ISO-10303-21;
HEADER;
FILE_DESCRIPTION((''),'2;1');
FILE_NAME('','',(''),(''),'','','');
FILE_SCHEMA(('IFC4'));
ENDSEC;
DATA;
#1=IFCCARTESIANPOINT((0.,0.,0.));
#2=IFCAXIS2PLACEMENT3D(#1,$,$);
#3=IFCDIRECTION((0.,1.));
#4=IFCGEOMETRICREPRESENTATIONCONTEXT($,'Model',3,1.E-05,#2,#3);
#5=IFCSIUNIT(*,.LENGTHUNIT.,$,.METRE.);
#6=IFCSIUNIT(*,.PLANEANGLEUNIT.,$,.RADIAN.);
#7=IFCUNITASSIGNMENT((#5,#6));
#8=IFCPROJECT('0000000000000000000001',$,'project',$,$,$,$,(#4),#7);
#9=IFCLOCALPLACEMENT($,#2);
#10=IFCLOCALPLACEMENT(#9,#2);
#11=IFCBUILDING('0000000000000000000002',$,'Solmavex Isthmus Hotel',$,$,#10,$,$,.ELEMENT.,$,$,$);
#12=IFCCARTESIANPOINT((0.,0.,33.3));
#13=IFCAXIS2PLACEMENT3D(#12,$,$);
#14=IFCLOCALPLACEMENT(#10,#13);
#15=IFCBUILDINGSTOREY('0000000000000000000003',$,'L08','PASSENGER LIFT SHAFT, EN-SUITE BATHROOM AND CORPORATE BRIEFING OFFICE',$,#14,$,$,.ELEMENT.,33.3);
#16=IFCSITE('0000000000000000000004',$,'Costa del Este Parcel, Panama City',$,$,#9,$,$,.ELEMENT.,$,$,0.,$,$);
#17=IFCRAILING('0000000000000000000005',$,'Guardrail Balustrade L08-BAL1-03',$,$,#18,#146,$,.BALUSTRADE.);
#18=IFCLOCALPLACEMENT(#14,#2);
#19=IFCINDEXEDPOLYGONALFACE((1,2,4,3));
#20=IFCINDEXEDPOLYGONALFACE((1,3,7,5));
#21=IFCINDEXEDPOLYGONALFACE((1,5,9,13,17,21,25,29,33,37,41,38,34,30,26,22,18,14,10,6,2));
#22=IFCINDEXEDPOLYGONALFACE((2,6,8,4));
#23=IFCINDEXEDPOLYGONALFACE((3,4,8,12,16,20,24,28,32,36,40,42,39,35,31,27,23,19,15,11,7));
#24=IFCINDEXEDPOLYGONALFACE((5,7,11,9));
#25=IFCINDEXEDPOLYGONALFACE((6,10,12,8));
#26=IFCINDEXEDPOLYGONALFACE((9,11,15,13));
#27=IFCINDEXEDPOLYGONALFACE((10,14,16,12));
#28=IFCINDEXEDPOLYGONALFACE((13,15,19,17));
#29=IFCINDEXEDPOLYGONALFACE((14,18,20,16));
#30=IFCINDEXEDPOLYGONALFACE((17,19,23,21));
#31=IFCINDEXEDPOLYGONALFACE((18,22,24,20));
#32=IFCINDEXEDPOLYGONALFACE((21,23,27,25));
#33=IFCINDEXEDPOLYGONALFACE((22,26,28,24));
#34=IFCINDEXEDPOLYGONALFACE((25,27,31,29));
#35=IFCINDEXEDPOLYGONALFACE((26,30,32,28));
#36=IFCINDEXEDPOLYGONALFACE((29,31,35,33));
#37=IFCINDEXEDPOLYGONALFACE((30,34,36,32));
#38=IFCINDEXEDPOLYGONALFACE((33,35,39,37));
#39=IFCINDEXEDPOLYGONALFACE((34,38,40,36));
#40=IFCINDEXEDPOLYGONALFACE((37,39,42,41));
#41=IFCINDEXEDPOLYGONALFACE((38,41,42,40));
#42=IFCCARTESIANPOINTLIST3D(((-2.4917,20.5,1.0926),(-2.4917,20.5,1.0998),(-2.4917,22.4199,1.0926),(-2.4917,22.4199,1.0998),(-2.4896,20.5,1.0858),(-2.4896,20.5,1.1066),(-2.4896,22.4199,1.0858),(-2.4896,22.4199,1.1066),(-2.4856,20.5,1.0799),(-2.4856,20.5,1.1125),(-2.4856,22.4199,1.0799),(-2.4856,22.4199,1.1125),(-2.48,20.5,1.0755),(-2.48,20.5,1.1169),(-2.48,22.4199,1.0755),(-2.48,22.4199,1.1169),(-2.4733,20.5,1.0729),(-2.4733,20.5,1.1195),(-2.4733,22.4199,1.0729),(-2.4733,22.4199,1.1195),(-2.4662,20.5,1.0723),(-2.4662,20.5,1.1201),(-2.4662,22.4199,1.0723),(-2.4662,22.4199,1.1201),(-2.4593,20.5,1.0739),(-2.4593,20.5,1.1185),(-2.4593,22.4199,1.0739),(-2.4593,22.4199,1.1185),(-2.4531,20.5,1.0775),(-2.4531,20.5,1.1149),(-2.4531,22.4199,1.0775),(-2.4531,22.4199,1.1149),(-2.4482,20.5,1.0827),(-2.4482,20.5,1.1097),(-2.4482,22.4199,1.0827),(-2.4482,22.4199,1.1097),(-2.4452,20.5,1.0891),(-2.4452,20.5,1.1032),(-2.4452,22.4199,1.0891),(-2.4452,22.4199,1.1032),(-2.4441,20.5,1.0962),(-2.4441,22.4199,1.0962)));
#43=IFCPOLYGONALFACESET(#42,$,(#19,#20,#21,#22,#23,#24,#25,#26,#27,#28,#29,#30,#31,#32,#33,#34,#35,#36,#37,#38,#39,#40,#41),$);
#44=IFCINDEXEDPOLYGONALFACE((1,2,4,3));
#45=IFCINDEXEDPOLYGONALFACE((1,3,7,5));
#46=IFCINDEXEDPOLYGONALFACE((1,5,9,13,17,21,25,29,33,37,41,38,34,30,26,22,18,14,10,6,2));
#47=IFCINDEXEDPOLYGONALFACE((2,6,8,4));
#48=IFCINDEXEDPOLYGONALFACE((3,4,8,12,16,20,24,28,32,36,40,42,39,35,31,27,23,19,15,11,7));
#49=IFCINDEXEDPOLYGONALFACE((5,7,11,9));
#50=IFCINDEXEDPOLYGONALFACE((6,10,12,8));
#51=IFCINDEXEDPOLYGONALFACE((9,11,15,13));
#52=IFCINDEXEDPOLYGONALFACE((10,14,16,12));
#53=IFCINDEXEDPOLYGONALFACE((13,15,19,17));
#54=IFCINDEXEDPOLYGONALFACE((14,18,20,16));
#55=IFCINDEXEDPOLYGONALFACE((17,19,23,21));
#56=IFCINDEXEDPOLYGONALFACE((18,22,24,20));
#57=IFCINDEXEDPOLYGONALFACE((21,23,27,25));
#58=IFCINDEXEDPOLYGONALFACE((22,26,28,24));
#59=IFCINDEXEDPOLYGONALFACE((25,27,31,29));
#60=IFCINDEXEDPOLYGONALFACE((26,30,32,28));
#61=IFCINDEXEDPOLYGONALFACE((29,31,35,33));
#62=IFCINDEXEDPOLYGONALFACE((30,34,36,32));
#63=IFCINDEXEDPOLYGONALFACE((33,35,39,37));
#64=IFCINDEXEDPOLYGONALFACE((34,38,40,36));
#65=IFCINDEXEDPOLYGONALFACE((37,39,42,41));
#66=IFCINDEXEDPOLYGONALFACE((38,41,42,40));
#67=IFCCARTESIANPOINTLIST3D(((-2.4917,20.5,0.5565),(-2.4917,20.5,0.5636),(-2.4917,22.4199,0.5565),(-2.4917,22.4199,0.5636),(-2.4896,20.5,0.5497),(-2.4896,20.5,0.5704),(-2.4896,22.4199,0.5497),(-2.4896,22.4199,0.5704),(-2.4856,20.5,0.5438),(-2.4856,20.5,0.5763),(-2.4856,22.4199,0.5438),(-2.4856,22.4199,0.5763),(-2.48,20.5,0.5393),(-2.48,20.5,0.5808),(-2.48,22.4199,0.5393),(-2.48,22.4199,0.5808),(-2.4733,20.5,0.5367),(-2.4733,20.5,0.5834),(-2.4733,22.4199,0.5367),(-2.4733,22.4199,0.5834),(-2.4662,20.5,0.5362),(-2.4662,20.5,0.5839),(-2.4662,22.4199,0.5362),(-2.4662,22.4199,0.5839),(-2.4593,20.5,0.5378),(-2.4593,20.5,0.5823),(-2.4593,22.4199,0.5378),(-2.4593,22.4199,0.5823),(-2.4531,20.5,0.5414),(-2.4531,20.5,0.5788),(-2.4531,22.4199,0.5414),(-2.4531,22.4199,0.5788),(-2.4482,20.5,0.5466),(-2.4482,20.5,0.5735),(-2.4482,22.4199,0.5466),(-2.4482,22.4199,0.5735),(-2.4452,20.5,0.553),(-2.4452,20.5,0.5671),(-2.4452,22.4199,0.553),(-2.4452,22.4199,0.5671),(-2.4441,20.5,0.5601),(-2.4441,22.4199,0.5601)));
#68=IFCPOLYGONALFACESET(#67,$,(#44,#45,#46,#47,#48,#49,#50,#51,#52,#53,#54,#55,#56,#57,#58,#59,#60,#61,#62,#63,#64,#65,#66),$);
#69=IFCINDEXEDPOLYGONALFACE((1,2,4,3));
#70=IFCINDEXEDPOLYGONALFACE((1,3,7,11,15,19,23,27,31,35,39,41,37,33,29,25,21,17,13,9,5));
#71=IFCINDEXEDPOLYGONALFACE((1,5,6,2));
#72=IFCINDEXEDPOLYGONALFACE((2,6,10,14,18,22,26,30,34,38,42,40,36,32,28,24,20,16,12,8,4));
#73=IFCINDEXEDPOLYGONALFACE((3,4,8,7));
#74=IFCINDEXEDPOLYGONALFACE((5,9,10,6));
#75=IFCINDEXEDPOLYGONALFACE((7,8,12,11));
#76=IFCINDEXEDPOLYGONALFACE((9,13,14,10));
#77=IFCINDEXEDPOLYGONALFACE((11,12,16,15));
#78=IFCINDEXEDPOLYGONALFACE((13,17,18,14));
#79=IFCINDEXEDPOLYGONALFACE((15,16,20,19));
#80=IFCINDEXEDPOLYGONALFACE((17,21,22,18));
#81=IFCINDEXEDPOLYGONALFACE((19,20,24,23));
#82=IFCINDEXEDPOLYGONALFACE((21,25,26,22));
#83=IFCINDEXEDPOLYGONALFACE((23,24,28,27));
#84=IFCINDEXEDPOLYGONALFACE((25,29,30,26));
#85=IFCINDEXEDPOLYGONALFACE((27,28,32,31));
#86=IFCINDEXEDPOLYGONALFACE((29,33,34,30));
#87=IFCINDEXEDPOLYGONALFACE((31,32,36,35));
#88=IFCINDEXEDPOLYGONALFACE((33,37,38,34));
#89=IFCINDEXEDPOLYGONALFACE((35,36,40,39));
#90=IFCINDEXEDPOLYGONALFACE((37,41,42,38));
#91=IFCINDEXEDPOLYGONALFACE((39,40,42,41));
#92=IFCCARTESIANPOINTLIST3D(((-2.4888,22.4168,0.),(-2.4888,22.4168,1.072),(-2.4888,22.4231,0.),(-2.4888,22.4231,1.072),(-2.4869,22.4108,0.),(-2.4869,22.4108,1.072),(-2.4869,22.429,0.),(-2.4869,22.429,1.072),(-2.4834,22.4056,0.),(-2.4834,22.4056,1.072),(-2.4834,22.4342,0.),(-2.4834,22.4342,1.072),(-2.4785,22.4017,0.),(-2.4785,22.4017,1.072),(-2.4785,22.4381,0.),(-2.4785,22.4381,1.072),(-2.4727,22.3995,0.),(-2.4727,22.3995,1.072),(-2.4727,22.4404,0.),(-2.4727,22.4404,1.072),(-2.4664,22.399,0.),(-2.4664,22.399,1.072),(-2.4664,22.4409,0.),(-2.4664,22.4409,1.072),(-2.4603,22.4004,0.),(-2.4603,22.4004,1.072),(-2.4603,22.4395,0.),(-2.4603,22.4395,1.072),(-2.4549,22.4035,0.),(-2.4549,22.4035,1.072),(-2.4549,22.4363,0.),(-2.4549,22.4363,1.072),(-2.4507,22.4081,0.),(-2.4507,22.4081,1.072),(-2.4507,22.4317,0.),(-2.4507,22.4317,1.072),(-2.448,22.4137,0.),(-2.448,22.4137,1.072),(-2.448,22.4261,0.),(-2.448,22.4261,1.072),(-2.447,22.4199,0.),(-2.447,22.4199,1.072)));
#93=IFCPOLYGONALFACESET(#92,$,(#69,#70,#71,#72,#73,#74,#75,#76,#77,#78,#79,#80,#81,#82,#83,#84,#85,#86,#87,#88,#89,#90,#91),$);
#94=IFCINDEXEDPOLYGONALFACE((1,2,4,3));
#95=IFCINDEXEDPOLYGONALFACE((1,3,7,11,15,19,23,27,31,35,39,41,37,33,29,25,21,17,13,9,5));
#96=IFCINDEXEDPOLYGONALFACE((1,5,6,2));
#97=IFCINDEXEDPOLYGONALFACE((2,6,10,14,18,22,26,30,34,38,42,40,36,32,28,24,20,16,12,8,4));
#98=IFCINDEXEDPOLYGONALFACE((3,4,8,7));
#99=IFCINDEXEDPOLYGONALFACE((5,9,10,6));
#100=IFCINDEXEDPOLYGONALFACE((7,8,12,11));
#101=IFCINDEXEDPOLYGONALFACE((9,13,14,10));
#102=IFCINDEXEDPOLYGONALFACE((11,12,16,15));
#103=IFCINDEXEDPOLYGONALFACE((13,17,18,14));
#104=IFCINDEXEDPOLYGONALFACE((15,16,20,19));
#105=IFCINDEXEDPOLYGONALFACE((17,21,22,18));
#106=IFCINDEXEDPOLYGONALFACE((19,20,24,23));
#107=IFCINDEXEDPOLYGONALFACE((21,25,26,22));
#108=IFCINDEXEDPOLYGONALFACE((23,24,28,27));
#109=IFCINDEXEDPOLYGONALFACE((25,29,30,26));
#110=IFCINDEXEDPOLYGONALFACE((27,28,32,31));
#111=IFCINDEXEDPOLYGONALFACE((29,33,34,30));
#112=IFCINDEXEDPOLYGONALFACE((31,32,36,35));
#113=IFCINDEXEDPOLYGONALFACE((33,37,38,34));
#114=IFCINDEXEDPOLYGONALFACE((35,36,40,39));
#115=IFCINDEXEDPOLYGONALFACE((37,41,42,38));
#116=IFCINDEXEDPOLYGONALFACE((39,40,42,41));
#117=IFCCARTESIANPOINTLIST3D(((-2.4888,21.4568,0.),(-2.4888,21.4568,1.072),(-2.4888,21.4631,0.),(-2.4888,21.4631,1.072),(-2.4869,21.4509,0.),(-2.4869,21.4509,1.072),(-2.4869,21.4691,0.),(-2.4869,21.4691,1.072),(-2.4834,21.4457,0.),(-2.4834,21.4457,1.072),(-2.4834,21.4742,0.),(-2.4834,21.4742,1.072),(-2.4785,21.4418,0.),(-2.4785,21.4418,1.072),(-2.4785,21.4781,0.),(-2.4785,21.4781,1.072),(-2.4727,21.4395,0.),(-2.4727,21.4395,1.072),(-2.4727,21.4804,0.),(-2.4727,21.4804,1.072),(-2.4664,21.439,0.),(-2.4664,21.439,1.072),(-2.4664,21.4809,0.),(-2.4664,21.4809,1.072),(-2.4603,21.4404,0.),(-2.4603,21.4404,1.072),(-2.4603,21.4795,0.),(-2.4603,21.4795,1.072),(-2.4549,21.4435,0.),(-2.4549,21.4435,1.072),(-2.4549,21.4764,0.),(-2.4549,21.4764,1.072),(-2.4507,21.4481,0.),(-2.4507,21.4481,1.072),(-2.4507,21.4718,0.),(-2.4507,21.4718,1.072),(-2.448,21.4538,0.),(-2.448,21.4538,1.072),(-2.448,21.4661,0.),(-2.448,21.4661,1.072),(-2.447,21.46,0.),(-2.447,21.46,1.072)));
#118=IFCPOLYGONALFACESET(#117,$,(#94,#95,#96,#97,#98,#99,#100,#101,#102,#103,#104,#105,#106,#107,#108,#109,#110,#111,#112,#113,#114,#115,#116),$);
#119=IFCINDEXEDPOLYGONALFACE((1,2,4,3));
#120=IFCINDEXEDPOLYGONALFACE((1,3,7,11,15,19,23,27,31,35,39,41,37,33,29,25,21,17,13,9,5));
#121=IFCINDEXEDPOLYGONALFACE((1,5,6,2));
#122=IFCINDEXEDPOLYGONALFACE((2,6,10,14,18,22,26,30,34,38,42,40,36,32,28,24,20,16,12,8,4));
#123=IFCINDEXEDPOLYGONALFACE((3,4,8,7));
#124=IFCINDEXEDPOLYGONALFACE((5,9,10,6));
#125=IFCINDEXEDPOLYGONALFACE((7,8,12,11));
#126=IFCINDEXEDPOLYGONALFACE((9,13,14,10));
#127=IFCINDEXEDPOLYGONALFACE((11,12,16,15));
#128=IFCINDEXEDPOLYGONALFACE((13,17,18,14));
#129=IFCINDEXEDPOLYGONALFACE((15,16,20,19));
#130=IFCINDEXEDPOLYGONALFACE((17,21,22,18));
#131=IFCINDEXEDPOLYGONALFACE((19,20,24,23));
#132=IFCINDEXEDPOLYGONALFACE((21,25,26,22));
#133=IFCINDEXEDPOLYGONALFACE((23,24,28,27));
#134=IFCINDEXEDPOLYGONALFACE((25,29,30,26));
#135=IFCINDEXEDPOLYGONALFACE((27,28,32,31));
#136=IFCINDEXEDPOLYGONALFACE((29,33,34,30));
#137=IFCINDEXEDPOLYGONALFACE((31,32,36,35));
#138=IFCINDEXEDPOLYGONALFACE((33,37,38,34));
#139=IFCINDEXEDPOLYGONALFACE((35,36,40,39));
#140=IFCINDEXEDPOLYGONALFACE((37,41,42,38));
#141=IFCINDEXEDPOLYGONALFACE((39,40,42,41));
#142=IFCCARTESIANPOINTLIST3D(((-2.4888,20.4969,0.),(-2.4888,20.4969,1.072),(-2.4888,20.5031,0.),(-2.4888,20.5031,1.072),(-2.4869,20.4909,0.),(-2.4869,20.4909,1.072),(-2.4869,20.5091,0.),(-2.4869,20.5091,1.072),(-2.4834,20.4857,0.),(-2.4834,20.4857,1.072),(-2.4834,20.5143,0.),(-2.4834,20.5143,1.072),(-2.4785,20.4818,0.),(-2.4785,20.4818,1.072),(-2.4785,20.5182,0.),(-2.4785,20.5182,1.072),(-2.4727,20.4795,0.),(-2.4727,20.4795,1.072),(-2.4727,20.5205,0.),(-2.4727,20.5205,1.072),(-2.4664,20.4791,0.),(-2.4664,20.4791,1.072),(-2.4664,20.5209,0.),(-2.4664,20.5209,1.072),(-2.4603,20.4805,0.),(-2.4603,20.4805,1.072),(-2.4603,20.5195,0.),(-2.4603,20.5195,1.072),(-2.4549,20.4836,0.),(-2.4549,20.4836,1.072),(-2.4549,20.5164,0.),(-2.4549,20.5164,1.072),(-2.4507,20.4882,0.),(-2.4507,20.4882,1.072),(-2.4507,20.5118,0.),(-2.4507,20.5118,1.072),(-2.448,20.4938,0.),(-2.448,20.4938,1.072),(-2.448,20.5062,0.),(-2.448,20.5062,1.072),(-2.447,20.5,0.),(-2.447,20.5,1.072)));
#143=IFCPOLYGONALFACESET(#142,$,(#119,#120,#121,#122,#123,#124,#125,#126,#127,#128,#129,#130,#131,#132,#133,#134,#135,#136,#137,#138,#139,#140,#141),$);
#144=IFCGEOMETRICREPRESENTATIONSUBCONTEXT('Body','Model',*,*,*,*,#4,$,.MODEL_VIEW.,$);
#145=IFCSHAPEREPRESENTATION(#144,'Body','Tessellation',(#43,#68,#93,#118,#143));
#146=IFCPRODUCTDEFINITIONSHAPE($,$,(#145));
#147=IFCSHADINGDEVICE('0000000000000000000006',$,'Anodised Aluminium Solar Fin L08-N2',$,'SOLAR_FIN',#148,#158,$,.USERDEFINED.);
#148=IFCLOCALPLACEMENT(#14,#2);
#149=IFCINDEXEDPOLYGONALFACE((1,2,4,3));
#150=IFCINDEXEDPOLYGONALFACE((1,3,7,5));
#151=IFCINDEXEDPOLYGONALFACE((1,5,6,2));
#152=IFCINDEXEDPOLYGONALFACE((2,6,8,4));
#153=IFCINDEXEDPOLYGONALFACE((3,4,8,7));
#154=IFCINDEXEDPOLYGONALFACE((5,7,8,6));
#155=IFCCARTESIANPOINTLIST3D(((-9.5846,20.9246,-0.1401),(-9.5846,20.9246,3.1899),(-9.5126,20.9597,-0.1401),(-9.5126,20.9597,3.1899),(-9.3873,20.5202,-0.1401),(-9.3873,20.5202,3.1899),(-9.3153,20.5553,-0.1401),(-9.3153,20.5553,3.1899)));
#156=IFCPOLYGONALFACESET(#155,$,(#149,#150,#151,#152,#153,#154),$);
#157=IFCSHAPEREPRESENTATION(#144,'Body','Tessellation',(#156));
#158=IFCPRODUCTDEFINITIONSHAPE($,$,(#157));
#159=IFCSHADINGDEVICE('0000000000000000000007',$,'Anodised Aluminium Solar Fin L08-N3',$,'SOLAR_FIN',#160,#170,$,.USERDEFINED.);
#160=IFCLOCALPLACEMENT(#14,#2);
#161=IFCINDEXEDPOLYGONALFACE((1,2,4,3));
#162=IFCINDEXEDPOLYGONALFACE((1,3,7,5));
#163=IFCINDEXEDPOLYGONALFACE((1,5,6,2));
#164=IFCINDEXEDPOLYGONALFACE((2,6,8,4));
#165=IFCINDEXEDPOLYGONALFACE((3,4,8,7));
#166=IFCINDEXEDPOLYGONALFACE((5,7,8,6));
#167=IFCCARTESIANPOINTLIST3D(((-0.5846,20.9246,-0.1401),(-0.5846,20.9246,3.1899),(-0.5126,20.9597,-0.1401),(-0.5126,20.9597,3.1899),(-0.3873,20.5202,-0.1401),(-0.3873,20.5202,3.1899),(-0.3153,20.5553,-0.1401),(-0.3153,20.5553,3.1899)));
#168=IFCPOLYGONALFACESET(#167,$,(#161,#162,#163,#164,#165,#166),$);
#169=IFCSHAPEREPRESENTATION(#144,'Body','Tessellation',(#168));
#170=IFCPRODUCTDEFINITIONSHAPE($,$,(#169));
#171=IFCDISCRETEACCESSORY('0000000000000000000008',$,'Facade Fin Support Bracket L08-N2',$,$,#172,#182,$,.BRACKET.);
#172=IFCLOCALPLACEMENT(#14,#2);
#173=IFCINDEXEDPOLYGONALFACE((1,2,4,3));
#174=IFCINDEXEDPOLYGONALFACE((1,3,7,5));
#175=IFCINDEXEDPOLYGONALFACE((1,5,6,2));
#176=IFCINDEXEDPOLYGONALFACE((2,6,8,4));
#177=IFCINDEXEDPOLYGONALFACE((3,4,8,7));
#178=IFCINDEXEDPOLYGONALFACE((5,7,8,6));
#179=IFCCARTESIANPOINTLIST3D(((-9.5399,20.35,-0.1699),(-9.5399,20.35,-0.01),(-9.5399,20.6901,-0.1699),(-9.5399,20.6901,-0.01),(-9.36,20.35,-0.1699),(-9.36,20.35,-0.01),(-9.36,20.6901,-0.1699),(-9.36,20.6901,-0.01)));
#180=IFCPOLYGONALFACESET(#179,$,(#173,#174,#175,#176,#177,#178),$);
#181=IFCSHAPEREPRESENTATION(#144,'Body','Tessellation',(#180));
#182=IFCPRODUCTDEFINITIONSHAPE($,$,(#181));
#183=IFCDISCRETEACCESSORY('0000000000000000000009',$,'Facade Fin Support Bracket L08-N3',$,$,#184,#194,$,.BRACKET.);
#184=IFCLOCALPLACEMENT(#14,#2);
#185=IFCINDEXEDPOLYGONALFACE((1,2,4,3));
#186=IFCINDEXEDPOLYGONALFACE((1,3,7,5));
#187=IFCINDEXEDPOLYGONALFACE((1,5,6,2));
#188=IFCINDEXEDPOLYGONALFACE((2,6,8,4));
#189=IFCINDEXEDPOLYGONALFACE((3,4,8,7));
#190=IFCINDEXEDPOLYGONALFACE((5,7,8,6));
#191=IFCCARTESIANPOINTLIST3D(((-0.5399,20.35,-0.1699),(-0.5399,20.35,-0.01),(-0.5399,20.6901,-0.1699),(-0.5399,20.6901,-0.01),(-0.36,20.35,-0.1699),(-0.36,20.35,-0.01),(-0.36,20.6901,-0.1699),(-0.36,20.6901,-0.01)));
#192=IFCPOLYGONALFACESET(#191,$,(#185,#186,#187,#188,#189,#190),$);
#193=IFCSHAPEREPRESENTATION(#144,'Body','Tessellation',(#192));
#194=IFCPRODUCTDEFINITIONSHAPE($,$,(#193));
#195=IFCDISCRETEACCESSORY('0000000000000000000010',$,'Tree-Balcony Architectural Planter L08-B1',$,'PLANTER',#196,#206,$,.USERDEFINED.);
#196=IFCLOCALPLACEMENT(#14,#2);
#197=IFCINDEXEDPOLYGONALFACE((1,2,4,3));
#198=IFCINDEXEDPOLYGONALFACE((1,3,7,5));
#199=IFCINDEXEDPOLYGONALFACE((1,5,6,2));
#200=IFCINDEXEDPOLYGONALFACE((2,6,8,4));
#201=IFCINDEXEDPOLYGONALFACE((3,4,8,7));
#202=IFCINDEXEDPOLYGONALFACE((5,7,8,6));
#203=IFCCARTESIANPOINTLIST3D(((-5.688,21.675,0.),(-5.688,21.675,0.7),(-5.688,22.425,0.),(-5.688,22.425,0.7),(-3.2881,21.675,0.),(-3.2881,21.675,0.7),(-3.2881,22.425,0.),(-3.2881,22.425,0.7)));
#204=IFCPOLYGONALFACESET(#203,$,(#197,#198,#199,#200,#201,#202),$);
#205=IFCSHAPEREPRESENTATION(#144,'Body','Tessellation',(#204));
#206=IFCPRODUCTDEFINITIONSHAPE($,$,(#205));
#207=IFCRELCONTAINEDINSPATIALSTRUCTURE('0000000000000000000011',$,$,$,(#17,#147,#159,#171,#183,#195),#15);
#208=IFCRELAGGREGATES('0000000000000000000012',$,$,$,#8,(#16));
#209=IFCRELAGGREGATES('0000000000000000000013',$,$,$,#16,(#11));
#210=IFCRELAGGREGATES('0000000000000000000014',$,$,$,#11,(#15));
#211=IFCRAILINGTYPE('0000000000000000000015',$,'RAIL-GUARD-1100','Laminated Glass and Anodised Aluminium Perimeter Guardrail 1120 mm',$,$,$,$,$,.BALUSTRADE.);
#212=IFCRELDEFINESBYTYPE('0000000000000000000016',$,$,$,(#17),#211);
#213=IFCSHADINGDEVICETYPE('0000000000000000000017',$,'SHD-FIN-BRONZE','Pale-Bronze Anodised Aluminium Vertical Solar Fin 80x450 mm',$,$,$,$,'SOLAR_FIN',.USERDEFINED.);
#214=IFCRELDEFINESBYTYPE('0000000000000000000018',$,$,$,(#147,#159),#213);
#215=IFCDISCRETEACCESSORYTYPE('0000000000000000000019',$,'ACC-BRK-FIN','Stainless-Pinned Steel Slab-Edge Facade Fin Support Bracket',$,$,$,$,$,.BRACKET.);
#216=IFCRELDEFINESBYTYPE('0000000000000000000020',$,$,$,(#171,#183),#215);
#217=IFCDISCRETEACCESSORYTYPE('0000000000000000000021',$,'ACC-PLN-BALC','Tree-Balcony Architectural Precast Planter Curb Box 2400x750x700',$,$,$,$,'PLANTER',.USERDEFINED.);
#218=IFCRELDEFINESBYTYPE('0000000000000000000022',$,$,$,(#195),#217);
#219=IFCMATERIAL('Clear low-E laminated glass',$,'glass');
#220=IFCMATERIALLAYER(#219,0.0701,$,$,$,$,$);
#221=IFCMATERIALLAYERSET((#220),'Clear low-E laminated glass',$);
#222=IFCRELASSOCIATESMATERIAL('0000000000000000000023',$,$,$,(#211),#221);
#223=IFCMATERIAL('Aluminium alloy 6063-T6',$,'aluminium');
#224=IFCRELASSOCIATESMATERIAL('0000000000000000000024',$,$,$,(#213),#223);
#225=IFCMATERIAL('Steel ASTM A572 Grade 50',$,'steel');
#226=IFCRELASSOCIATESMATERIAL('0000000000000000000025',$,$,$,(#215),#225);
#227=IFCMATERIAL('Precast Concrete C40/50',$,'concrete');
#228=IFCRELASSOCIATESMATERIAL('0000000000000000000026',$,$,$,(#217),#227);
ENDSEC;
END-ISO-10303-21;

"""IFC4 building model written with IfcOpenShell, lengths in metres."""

from ifc_helpers import new_model, si_unit, direction, frame, origin, origin_2d, place, context, subcontext, project, spatial, rectangle, circle, extrude, material, layer, layer_set, type_object, element, save


model = new_model("IFC4")

# Units and contexts
model_context = context("Model", 3, precision=1e-05, world=origin(), true_north=direction((0.0, 1.0)))
body_context = subcontext(model_context, "Body", "Model", "MODEL_VIEW")
ifc_project = project(units=[si_unit("LENGTHUNIT", "METRE"), si_unit("PLANEANGLEUNIT", "RADIAN")], contexts=[model_context])

# Site, building, storey
site_placement = place(None, origin())
site = spatial("IfcSite", under=ifc_project, at=site_placement, Name="Costa del Este Parcel, Panama City", CompositionType="ELEMENT", RefElevation=0.0)
building_placement = place(site_placement, origin())
building = spatial("IfcBuilding", under=site, at=building_placement, Name="Solmavex Isthmus Hotel", CompositionType="ELEMENT")
storey_placement = place(building_placement, frame((0.0, 0.0, 33.3)))
storey = spatial("IfcBuildingStorey", under=building, at=storey_placement, Name="L08", Description="PASSENGER LIFT SHAFT, EN-SUITE BATHROOM AND CORPORATE BRIEFING OFFICE", CompositionType="ELEMENT", Elevation=33.3)

# Shared definitions
ifc_material_1 = material(Name="Aluminium alloy 6063-T6", Category="aluminium")

# Shared definitions
ifc_material_2 = material(Name="Clear low-E laminated glass", Category="glass")

# Shared definitions
ifc_material_3 = material(Name="Precast Concrete C40/50", Category="concrete")

# Railing
ifc_layer_1 = layer(ifc_material_2, 0.0701)
ifc_layer_set_1 = layer_set([ifc_layer_1], Name="Clear low-E laminated glass")
railing_type = type_object("IfcRailingType", Name="RAIL-GUARD-1100", Description="Laminated Glass and Anodised Aluminium Perimeter Guardrail 1120 mm", PredefinedType="BALUSTRADE", material=ifc_layer_set_1)
railing_1_placement = place(storey_placement, frame((-2.468, 22.4199, 0.0)))
element("IfcRailing", 1, at=railing_1_placement, inside=storey, type_object=railing_type, Name="Guardrail Balustrade L08-BAL1-03", PredefinedType="BALUSTRADE", context=body_context, shape_type="SweptSolid", body=[
    extrude(circle(Radius=0.0239, at=origin_2d()), frame((0.0, 0.0, 1.0962), z_axis=(0.0, -1.0, 0.0), x_axis=(1.0, 0.0, 0.0)), (0.0, 0.0, 1.0), 1.9199),
    extrude(circle(Radius=0.0239, at=origin_2d()), frame((0.0, 0.0, 0.5601), z_axis=(0.0, -1.0, 0.0), x_axis=(1.0, 0.0, 0.0)), (0.0, 0.0, 1.0), 1.9199),
    extrude(circle(Radius=0.021, at=origin_2d()), origin(), (0.0, 0.0, 1.0), 1.072),
    extrude(circle(Radius=0.021, at=origin_2d()), frame((0.0, -0.96, 0.0)), (0.0, 0.0, 1.0), 1.072),
    extrude(circle(Radius=0.021, at=origin_2d()), frame((0.0, -1.9199, 0.0)), (0.0, 0.0, 1.0), 1.072),
])

# Shading devices
shading_device_type = type_object("IfcShadingDeviceType", Name="SHD-FIN-BRONZE", Description="Pale-Bronze Anodised Aluminium Vertical Solar Fin 80x450 mm", ElementType="SOLAR_FIN", PredefinedType="USERDEFINED", material=ifc_material_1)
for number, where, z_axis, x_axis, name in (
    (2, (-9.45, 20.74, -0.1401), (0.0, 0.0, 1.0), (-0.438371, 0.898794, 0.0), "Anodised Aluminium Solar Fin L08-N2"),
    (3, (-0.45, 20.74, -0.1401), (0.0, 0.0, 1.0), (-0.438371, 0.898794, 0.0), "Anodised Aluminium Solar Fin L08-N3"),
):
    element("IfcShadingDevice", number, at=place(storey_placement, frame(where, z_axis=z_axis, x_axis=x_axis)), inside=storey, type_object=shading_device_type, Name=name, ObjectType="SOLAR_FIN", PredefinedType="USERDEFINED", context=body_context, shape_type="SweptSolid", body=[
        extrude(rectangle(XDim=0.45, YDim=0.0801, at=origin_2d()), origin(), (0.0, 0.0, 1.0), 3.3301),
    ])

# Discrete accessories
ifc_material_4 = material(Name="Steel ASTM A572 Grade 50", Category="steel")
discrete_accessory_type_1 = type_object("IfcDiscreteAccessoryType", Name="ACC-BRK-FIN", Description="Stainless-Pinned Steel Slab-Edge Facade Fin Support Bracket", PredefinedType="BRACKET", material=ifc_material_4)
for number, where, z_axis, x_axis, name in (
    (4, (-9.45, 20.52, -0.1699), (0.0, 0.0, 1.0), (0.0, 1.0, 0.0), "Facade Fin Support Bracket L08-N2"),
    (5, (-0.45, 20.52, -0.1699), (0.0, 0.0, 1.0), (0.0, 1.0, 0.0), "Facade Fin Support Bracket L08-N3"),
):
    element("IfcDiscreteAccessory", number, at=place(storey_placement, frame(where, z_axis=z_axis, x_axis=x_axis)), inside=storey, type_object=discrete_accessory_type_1, Name=name, PredefinedType="BRACKET", context=body_context, shape_type="SweptSolid", body=[
        extrude(rectangle(XDim=0.3401, YDim=0.1799, at=origin_2d()), origin(), (0.0, 0.0, 1.0), 0.1599),
    ])
discrete_accessory_type_2 = type_object("IfcDiscreteAccessoryType", Name="ACC-PLN-BALC", Description="Tree-Balcony Architectural Precast Planter Curb Box 2400x750x700", ElementType="PLANTER", PredefinedType="USERDEFINED", material=ifc_material_3)
discrete_accessory_placement = place(storey_placement, frame((-4.488, 22.05, 0.0), z_axis=(0.0, 0.0, 1.0), x_axis=(1.0, 0.0, 0.0)))
element("IfcDiscreteAccessory", 6, at=discrete_accessory_placement, inside=storey, type_object=discrete_accessory_type_2, Name="Tree-Balcony Architectural Planter L08-B1", ObjectType="PLANTER", PredefinedType="USERDEFINED", context=body_context, shape_type="SweptSolid", body=[
    extrude(rectangle(XDim=2.3999, YDim=0.75, at=origin_2d()), origin(), (0.0, 0.0, 1.0), 0.7),
])

save(model, "model.ifc")
